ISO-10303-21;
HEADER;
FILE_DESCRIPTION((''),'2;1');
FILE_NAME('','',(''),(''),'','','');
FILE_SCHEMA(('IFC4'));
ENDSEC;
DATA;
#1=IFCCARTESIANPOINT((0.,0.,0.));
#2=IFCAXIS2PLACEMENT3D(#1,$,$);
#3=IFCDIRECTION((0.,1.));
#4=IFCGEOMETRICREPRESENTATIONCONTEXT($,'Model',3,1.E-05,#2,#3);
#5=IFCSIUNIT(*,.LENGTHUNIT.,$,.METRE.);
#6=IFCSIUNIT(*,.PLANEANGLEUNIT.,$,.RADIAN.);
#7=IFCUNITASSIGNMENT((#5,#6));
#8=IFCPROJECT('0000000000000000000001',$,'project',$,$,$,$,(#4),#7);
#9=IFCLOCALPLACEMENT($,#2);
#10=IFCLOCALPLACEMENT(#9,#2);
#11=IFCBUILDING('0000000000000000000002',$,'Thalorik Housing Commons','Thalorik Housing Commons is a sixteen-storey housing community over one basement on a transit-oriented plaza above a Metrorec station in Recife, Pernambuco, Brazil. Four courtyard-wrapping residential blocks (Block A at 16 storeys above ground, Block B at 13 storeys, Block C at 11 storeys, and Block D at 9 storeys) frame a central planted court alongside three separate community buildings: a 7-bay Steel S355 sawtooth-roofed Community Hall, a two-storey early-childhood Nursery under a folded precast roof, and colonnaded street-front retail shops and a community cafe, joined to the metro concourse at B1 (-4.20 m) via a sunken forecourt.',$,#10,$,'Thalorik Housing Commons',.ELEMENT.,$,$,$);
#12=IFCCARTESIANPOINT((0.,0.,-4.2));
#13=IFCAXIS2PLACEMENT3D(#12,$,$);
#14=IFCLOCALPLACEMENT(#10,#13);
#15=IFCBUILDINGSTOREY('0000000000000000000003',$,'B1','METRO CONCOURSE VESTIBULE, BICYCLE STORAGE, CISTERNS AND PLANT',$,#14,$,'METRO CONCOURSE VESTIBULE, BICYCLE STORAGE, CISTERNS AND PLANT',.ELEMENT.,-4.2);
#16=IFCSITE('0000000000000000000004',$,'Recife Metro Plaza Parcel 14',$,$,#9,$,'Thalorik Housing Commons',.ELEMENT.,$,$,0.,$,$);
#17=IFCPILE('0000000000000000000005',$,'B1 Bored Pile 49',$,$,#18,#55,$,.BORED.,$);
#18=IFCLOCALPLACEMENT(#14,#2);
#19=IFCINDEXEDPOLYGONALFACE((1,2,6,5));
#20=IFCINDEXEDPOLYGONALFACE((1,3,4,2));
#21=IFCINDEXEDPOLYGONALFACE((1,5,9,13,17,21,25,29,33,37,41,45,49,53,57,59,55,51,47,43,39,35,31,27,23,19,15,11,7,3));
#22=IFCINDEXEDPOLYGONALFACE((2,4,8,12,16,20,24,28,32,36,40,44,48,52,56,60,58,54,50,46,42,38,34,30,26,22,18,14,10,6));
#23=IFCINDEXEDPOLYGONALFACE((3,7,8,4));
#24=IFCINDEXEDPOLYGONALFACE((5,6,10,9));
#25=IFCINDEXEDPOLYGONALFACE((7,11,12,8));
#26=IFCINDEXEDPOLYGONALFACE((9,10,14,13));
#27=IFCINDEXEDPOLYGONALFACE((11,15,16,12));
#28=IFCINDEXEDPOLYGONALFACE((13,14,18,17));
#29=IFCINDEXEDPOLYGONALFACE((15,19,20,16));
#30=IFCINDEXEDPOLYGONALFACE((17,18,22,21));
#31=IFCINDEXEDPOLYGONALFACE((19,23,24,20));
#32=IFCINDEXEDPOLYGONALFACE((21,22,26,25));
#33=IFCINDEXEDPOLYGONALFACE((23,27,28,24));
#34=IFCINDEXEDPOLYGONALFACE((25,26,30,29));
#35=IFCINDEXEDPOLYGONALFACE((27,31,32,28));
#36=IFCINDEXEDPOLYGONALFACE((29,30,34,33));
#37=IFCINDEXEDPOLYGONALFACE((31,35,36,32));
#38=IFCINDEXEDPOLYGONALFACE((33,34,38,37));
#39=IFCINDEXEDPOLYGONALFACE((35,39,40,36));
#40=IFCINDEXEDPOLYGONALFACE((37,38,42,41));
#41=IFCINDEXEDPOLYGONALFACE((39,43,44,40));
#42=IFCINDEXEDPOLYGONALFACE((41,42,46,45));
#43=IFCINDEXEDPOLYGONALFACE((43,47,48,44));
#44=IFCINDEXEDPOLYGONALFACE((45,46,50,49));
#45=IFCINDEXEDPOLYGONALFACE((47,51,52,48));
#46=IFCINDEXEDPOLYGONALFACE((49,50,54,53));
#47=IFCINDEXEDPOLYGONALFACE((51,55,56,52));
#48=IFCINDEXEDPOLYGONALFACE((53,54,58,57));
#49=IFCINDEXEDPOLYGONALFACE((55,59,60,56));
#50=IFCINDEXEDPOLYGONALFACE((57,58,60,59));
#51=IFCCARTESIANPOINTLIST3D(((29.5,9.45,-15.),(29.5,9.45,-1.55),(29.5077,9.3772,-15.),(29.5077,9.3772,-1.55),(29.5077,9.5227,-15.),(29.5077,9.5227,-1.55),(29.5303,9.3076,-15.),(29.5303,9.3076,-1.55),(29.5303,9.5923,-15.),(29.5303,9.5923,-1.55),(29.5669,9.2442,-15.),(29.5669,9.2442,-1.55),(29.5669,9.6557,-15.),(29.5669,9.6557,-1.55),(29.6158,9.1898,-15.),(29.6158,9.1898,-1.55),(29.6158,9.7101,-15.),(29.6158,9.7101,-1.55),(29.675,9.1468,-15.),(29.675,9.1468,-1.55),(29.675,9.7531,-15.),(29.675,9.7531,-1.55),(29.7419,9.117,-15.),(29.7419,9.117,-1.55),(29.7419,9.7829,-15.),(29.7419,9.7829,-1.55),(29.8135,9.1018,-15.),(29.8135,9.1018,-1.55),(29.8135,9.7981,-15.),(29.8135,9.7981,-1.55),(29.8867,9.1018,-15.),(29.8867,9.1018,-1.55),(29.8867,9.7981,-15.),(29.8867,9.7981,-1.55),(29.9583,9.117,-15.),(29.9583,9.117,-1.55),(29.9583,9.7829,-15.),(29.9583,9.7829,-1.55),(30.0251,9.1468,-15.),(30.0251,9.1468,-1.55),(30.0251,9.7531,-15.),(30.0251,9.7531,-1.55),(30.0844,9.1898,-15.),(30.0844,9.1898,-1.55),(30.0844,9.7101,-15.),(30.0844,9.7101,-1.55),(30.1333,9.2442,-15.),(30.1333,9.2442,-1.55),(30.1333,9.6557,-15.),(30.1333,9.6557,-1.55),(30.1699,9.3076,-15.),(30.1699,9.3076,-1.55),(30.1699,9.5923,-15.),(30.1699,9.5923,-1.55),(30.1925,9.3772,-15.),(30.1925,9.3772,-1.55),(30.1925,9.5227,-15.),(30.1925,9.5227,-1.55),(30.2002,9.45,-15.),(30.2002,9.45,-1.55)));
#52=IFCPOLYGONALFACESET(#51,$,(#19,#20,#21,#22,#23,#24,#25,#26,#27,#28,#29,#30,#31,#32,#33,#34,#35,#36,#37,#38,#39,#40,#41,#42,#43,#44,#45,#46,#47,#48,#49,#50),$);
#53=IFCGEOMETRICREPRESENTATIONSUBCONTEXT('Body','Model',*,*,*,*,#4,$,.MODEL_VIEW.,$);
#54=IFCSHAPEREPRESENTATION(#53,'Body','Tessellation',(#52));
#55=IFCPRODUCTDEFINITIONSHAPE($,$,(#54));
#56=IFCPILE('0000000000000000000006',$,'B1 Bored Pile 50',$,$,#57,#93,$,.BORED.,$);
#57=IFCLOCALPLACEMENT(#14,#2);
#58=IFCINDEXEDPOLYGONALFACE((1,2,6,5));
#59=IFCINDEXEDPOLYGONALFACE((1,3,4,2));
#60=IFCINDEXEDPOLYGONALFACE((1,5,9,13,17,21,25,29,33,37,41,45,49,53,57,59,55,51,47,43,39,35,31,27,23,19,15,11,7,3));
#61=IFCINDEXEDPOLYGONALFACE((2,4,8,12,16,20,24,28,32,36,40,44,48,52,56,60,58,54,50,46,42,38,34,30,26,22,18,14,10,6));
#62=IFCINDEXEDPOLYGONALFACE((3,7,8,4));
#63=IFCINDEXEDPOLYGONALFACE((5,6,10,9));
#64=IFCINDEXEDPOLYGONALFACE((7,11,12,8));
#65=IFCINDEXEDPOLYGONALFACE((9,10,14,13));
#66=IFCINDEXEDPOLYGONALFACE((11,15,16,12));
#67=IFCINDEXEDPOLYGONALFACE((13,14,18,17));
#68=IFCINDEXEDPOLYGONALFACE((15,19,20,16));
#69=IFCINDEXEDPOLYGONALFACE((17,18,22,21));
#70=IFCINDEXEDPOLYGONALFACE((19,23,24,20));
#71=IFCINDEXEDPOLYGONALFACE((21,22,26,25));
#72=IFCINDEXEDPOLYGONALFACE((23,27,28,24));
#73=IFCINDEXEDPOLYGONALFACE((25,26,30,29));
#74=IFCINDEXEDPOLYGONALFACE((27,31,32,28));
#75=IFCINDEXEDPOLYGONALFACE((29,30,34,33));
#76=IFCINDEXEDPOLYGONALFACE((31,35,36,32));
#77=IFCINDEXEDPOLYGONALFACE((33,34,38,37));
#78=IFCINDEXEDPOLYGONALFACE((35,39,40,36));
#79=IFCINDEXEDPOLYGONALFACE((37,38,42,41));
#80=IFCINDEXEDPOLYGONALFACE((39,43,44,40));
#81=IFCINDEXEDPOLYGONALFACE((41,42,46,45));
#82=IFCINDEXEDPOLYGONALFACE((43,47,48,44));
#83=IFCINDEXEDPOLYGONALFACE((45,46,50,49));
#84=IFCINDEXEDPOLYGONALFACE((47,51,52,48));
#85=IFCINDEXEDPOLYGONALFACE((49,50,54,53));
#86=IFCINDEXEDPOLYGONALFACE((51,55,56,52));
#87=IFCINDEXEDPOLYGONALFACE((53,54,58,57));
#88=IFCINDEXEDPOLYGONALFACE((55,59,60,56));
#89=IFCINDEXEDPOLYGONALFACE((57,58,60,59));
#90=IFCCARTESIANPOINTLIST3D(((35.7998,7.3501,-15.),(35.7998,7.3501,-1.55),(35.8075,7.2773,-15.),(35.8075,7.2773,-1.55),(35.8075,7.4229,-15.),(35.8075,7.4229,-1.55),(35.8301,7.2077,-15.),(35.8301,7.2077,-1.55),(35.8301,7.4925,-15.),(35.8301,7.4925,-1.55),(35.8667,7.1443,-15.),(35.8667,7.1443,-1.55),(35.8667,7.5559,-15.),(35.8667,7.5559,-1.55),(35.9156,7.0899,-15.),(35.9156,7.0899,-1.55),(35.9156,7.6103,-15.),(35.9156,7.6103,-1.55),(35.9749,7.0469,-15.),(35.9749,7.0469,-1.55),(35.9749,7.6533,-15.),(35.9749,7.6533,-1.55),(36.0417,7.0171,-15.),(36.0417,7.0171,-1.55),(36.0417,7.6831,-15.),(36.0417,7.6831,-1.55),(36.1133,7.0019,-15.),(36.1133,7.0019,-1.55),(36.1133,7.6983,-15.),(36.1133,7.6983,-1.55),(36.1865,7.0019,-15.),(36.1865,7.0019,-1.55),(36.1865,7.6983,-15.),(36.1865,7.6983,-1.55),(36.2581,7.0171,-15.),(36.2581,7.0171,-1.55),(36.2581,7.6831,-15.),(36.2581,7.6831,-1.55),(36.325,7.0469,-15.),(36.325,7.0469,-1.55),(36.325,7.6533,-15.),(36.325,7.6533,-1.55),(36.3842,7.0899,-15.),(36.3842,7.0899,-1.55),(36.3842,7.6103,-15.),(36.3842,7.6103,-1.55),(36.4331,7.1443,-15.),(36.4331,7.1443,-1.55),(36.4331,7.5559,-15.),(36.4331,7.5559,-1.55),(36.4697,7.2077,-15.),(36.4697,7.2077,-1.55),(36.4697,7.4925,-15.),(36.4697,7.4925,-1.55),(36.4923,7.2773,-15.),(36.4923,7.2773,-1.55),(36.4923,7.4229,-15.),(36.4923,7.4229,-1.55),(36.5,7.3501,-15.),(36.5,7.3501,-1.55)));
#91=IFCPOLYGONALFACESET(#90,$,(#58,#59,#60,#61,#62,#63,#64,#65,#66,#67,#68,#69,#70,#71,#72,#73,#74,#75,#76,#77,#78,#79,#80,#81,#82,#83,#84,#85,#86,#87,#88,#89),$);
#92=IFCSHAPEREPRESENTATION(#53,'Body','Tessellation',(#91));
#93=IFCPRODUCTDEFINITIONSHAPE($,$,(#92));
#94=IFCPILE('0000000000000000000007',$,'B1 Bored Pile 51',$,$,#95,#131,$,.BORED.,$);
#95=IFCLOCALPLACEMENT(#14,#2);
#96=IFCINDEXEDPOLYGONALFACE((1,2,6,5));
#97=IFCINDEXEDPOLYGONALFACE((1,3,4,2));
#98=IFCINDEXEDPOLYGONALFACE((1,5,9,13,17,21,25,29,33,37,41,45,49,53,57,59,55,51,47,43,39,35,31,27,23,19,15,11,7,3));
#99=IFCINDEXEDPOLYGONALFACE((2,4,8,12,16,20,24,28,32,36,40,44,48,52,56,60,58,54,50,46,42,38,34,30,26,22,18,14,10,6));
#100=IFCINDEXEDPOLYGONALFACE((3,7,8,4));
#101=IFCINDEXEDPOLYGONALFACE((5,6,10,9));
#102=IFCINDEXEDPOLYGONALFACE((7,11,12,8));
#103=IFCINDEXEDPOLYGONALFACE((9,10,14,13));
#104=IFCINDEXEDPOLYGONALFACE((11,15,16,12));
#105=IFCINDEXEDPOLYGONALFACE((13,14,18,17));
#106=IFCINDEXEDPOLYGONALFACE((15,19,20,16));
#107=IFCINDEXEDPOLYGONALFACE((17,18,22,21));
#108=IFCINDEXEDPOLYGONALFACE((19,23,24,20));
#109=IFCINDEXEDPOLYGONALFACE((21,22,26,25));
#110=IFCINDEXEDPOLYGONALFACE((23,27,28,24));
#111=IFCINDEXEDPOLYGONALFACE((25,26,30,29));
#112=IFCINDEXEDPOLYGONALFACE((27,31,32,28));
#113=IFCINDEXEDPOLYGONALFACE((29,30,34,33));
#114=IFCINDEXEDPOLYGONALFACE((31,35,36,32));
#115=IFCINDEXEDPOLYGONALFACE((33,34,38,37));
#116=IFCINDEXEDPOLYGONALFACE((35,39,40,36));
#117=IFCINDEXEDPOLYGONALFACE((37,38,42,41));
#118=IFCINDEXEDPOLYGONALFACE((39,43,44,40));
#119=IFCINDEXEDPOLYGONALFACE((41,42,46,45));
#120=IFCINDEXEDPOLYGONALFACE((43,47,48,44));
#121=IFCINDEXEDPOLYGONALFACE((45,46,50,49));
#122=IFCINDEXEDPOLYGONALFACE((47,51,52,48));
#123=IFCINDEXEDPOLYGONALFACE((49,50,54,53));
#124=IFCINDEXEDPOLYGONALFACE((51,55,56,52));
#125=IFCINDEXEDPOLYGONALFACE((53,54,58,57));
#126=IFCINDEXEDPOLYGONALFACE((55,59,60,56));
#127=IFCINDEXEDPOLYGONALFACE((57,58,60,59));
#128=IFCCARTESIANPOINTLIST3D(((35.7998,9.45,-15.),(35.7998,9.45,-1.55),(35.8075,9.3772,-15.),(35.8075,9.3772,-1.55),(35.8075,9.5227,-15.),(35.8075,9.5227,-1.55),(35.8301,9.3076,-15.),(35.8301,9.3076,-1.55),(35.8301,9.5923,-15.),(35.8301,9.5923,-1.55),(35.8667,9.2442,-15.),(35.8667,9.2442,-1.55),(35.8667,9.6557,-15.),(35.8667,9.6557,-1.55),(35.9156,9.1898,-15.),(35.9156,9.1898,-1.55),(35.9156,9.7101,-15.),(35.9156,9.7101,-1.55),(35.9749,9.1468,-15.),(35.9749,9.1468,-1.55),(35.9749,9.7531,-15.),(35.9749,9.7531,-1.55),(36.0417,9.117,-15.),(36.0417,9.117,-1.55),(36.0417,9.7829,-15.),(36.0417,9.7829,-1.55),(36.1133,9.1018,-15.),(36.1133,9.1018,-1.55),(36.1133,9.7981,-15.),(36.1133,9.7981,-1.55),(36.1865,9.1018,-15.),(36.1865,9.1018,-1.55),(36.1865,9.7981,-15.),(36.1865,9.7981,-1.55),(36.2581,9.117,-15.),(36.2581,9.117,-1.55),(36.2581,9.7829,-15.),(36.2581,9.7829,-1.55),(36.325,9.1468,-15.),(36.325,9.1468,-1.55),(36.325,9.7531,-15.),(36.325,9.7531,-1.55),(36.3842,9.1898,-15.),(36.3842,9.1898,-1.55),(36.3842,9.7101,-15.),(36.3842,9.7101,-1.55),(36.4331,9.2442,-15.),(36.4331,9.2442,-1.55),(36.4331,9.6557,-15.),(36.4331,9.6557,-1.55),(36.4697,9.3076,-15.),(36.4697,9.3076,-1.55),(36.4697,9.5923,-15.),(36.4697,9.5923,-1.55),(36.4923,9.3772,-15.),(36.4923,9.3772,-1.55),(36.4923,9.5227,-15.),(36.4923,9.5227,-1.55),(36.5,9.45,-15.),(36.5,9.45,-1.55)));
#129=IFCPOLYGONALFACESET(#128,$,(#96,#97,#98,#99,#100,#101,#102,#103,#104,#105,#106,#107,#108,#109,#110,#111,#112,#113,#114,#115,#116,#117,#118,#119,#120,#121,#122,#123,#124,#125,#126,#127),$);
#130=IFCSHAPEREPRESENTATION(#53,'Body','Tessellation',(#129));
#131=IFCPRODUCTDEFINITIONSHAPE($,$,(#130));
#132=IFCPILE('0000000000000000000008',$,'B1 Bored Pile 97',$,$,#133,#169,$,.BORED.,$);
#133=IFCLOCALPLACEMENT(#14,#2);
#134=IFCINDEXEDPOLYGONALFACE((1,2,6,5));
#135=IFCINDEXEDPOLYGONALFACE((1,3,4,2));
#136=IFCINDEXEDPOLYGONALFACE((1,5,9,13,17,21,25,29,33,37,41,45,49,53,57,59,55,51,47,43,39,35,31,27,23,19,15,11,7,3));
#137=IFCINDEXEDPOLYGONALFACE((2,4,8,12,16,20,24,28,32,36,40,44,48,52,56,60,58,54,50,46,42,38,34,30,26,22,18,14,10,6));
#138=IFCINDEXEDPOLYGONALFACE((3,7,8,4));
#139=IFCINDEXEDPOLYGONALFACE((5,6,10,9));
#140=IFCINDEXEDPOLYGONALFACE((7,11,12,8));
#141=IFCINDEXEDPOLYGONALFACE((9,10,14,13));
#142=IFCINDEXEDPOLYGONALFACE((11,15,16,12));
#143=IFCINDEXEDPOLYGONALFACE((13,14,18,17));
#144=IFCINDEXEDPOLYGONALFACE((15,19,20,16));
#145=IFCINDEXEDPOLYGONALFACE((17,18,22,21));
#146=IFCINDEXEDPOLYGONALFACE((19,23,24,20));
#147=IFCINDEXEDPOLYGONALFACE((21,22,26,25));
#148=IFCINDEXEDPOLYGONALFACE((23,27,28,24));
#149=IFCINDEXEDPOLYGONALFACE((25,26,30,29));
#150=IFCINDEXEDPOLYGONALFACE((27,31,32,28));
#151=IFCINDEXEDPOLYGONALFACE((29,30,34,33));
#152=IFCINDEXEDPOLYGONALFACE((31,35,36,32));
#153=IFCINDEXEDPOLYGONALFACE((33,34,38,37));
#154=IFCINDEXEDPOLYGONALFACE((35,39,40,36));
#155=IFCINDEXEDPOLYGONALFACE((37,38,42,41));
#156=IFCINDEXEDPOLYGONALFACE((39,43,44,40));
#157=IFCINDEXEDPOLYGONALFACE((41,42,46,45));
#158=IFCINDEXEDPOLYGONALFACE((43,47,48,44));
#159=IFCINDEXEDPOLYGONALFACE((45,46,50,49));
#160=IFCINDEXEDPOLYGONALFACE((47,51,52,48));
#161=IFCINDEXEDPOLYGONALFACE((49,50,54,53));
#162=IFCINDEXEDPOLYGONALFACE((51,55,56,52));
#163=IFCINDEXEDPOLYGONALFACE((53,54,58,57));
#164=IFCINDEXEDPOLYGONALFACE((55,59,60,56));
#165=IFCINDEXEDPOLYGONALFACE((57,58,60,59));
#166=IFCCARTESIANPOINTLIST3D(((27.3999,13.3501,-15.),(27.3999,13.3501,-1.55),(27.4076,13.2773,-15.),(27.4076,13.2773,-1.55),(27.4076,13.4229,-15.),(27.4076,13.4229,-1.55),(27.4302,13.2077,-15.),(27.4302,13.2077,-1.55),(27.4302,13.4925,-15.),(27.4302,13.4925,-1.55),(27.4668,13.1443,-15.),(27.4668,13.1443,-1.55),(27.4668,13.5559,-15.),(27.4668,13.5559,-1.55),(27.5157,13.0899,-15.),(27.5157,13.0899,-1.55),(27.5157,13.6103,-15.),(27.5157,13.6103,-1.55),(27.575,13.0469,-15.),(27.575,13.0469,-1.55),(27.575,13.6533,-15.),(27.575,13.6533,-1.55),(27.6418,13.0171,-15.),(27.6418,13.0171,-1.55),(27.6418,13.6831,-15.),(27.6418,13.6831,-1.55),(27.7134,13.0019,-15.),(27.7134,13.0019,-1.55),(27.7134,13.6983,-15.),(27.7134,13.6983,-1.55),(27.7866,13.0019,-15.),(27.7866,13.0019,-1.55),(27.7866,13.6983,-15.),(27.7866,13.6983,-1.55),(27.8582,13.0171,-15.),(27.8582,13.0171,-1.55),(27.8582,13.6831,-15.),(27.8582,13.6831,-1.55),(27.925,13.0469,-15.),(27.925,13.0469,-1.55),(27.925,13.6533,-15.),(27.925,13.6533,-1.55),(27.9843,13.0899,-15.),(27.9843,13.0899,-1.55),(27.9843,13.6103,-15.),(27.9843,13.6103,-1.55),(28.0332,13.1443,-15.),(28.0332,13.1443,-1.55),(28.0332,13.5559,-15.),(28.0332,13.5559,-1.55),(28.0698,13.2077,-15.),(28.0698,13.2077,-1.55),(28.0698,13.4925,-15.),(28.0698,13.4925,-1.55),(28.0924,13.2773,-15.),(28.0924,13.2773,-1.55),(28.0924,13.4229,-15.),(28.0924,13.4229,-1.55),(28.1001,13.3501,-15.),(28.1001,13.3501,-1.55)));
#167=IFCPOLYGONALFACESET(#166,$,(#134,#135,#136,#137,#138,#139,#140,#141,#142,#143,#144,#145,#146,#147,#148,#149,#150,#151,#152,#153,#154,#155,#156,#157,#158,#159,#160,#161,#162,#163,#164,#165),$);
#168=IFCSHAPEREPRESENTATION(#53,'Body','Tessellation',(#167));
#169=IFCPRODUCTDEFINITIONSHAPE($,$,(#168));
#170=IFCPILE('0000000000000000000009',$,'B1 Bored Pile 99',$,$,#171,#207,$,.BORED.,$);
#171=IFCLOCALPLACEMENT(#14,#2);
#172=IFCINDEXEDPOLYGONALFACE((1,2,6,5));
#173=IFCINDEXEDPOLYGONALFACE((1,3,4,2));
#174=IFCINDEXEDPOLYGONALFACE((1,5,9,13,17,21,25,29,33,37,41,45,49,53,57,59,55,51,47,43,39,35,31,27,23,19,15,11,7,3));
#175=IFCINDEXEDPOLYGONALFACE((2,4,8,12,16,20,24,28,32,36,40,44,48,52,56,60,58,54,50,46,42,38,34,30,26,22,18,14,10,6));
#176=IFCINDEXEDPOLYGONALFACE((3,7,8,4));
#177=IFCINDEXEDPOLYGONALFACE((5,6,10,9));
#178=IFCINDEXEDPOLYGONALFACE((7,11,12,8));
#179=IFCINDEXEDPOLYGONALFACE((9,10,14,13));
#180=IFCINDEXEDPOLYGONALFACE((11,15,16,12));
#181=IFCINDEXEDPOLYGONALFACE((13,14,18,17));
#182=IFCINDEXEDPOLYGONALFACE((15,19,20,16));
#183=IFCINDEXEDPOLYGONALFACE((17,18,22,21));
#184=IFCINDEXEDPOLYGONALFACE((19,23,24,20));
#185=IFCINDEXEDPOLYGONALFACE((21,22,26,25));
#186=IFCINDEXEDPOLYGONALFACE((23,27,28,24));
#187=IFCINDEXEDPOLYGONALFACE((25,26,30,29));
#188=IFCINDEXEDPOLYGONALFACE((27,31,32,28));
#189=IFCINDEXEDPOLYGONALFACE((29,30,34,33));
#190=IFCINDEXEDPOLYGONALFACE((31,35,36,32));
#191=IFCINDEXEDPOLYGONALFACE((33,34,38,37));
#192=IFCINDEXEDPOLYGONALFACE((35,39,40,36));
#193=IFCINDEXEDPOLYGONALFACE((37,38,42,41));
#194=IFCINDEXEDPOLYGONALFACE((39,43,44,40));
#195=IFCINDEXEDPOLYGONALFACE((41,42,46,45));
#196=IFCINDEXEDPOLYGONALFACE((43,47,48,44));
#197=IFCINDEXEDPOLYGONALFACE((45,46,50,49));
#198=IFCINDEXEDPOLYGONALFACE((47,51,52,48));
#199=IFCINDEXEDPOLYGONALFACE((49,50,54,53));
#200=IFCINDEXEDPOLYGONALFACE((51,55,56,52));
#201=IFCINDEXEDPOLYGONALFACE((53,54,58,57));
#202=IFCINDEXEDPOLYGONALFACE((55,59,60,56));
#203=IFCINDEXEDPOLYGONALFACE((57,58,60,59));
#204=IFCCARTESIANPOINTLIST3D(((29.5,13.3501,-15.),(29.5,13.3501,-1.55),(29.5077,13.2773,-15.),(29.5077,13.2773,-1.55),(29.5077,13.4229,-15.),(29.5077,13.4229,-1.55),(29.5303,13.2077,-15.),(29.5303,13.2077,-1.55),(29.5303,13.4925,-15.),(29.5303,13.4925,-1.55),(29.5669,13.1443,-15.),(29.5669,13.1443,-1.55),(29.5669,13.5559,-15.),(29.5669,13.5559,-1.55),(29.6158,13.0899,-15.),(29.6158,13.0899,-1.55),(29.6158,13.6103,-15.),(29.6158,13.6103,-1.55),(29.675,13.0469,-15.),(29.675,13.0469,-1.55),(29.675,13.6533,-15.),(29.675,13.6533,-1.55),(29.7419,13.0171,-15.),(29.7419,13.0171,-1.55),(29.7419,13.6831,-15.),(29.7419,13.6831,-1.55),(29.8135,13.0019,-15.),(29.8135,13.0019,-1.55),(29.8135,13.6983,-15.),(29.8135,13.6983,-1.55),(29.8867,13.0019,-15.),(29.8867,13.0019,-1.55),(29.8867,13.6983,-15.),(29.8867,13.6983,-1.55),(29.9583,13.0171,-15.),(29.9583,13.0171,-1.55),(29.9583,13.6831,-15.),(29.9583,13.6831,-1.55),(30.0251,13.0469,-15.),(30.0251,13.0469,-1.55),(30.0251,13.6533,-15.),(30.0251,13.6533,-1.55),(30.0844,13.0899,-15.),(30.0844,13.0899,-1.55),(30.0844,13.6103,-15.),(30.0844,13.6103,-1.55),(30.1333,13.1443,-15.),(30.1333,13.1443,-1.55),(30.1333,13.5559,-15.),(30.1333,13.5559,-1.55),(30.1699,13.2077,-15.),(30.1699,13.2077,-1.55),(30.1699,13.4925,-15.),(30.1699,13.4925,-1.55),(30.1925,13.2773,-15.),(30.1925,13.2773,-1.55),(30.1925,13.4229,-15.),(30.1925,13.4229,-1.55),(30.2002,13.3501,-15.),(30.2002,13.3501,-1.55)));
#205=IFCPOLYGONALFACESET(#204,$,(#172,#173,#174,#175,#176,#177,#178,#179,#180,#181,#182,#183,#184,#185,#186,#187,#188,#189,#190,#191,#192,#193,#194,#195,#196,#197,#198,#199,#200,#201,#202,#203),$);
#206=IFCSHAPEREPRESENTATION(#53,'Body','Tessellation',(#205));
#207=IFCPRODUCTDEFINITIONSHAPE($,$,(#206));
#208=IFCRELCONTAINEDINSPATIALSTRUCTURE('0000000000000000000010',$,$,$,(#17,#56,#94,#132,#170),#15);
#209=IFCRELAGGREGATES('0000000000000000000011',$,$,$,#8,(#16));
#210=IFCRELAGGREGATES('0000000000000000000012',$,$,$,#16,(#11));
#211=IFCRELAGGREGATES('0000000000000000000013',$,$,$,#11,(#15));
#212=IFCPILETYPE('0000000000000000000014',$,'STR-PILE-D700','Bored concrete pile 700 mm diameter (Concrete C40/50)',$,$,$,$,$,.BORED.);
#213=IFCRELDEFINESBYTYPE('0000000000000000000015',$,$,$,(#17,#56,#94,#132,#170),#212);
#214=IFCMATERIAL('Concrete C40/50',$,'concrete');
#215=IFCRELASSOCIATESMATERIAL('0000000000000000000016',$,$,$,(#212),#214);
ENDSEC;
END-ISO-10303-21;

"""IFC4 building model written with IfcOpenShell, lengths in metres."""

from ifc_helpers import new_model, si_unit, direction, frame, origin, origin_2d, place, context, subcontext, project, spatial, circle, extrude, material, material_profile, profile_set, type_object, element, save


model = new_model("IFC4")

# Units and contexts
model_context = context("Model", 3, precision=1e-05, world=origin(), true_north=direction((0.0, 1.0)))
body_context = subcontext(model_context, "Body", "Model", "MODEL_VIEW")
ifc_project = project(units=[si_unit("LENGTHUNIT", "METRE"), si_unit("PLANEANGLEUNIT", "RADIAN")], contexts=[model_context])

# Site, building, storey
site_placement = place(None, origin())
site = spatial("IfcSite", under=ifc_project, at=site_placement, Name="Recife Metro Plaza Parcel 14", LongName="Thalorik Housing Commons", CompositionType="ELEMENT", RefElevation=0.0)
building_placement = place(site_placement, origin())
building = spatial("IfcBuilding", under=site, at=building_placement, Name="Thalorik Housing Commons", Description="Thalorik Housing Commons is a sixteen-storey housing community over one basement on a transit-oriented plaza above a Metrorec station in Recife, Pernambuco, Brazil. Four courtyard-wrapping residential blocks (Block A at 16 storeys above ground, Block B at 13 storeys, Block C at 11 storeys, and Block D at 9 storeys) frame a central planted court alongside three separate community buildings: a 7-bay Steel S355 sawtooth-roofed Community Hall, a two-storey early-childhood Nursery under a folded precast roof, and colonnaded street-front retail shops and a community cafe, joined to the metro concourse at B1 (-4.20 m) via a sunken forecourt.", LongName="Thalorik Housing Commons", CompositionType="ELEMENT")
storey_placement = place(building_placement, frame((0.0, 0.0, -4.2)))
storey = spatial("IfcBuildingStorey", under=building, at=storey_placement, Name="B1", Description="METRO CONCOURSE VESTIBULE, BICYCLE STORAGE, CISTERNS AND PLANT", LongName="METRO CONCOURSE VESTIBULE, BICYCLE STORAGE, CISTERNS AND PLANT", CompositionType="ELEMENT", Elevation=-4.2)

# Shared definitions
ifc_material_1 = material(Name="Concrete C40/50", Category="concrete")

# Piles
ifc_material_profile_1 = material_profile(ifc_material_1, circle(Radius=0.3501, at=origin_2d()), Name="BORED PILE D700", Category="concrete")
ifc_profile_set_1 = profile_set([ifc_material_profile_1], Name="Concrete C40/50")
pile_type_1 = type_object("IfcPileType", Name="STR-PILE-D700", Description="Bored concrete pile 700 mm diameter (Concrete C40/50)", PredefinedType="BORED", material=ifc_profile_set_1)
for number, where, z_axis, x_axis, name in (
    (1, (29.8501, 9.45, -1.55), (0.0, 0.0, -1.0), (1.0, 0.0, 0.0), "B1 Bored Pile 49"),
    (2, (36.1499, 7.3501, -1.55), (0.0, 0.0, -1.0), (1.0, 0.0, 0.0), "B1 Bored Pile 50"),
    (3, (36.1499, 9.45, -1.55), (0.0, 0.0, -1.0), (1.0, 0.0, 0.0), "B1 Bored Pile 51"),
    (4, (27.75, 13.3501, -1.55), (0.0, 0.0, -1.0), (1.0, 0.0, 0.0), "B1 Bored Pile 97"),
    (5, (29.8501, 13.3501, -1.55), (0.0, 0.0, -1.0), (1.0, 0.0, 0.0), "B1 Bored Pile 99"),
):
    element("IfcPile", number, at=place(storey_placement, frame(where, z_axis=z_axis, x_axis=x_axis)), inside=storey, type_object=pile_type_1, Name=name, PredefinedType="BORED", context=body_context, shape_type="SweptSolid", body=[
        extrude(circle(Radius=0.3501, at=origin_2d()), origin(), (0.0, 0.0, 1.0), 13.45),
    ])

save(model, "model.ifc")
